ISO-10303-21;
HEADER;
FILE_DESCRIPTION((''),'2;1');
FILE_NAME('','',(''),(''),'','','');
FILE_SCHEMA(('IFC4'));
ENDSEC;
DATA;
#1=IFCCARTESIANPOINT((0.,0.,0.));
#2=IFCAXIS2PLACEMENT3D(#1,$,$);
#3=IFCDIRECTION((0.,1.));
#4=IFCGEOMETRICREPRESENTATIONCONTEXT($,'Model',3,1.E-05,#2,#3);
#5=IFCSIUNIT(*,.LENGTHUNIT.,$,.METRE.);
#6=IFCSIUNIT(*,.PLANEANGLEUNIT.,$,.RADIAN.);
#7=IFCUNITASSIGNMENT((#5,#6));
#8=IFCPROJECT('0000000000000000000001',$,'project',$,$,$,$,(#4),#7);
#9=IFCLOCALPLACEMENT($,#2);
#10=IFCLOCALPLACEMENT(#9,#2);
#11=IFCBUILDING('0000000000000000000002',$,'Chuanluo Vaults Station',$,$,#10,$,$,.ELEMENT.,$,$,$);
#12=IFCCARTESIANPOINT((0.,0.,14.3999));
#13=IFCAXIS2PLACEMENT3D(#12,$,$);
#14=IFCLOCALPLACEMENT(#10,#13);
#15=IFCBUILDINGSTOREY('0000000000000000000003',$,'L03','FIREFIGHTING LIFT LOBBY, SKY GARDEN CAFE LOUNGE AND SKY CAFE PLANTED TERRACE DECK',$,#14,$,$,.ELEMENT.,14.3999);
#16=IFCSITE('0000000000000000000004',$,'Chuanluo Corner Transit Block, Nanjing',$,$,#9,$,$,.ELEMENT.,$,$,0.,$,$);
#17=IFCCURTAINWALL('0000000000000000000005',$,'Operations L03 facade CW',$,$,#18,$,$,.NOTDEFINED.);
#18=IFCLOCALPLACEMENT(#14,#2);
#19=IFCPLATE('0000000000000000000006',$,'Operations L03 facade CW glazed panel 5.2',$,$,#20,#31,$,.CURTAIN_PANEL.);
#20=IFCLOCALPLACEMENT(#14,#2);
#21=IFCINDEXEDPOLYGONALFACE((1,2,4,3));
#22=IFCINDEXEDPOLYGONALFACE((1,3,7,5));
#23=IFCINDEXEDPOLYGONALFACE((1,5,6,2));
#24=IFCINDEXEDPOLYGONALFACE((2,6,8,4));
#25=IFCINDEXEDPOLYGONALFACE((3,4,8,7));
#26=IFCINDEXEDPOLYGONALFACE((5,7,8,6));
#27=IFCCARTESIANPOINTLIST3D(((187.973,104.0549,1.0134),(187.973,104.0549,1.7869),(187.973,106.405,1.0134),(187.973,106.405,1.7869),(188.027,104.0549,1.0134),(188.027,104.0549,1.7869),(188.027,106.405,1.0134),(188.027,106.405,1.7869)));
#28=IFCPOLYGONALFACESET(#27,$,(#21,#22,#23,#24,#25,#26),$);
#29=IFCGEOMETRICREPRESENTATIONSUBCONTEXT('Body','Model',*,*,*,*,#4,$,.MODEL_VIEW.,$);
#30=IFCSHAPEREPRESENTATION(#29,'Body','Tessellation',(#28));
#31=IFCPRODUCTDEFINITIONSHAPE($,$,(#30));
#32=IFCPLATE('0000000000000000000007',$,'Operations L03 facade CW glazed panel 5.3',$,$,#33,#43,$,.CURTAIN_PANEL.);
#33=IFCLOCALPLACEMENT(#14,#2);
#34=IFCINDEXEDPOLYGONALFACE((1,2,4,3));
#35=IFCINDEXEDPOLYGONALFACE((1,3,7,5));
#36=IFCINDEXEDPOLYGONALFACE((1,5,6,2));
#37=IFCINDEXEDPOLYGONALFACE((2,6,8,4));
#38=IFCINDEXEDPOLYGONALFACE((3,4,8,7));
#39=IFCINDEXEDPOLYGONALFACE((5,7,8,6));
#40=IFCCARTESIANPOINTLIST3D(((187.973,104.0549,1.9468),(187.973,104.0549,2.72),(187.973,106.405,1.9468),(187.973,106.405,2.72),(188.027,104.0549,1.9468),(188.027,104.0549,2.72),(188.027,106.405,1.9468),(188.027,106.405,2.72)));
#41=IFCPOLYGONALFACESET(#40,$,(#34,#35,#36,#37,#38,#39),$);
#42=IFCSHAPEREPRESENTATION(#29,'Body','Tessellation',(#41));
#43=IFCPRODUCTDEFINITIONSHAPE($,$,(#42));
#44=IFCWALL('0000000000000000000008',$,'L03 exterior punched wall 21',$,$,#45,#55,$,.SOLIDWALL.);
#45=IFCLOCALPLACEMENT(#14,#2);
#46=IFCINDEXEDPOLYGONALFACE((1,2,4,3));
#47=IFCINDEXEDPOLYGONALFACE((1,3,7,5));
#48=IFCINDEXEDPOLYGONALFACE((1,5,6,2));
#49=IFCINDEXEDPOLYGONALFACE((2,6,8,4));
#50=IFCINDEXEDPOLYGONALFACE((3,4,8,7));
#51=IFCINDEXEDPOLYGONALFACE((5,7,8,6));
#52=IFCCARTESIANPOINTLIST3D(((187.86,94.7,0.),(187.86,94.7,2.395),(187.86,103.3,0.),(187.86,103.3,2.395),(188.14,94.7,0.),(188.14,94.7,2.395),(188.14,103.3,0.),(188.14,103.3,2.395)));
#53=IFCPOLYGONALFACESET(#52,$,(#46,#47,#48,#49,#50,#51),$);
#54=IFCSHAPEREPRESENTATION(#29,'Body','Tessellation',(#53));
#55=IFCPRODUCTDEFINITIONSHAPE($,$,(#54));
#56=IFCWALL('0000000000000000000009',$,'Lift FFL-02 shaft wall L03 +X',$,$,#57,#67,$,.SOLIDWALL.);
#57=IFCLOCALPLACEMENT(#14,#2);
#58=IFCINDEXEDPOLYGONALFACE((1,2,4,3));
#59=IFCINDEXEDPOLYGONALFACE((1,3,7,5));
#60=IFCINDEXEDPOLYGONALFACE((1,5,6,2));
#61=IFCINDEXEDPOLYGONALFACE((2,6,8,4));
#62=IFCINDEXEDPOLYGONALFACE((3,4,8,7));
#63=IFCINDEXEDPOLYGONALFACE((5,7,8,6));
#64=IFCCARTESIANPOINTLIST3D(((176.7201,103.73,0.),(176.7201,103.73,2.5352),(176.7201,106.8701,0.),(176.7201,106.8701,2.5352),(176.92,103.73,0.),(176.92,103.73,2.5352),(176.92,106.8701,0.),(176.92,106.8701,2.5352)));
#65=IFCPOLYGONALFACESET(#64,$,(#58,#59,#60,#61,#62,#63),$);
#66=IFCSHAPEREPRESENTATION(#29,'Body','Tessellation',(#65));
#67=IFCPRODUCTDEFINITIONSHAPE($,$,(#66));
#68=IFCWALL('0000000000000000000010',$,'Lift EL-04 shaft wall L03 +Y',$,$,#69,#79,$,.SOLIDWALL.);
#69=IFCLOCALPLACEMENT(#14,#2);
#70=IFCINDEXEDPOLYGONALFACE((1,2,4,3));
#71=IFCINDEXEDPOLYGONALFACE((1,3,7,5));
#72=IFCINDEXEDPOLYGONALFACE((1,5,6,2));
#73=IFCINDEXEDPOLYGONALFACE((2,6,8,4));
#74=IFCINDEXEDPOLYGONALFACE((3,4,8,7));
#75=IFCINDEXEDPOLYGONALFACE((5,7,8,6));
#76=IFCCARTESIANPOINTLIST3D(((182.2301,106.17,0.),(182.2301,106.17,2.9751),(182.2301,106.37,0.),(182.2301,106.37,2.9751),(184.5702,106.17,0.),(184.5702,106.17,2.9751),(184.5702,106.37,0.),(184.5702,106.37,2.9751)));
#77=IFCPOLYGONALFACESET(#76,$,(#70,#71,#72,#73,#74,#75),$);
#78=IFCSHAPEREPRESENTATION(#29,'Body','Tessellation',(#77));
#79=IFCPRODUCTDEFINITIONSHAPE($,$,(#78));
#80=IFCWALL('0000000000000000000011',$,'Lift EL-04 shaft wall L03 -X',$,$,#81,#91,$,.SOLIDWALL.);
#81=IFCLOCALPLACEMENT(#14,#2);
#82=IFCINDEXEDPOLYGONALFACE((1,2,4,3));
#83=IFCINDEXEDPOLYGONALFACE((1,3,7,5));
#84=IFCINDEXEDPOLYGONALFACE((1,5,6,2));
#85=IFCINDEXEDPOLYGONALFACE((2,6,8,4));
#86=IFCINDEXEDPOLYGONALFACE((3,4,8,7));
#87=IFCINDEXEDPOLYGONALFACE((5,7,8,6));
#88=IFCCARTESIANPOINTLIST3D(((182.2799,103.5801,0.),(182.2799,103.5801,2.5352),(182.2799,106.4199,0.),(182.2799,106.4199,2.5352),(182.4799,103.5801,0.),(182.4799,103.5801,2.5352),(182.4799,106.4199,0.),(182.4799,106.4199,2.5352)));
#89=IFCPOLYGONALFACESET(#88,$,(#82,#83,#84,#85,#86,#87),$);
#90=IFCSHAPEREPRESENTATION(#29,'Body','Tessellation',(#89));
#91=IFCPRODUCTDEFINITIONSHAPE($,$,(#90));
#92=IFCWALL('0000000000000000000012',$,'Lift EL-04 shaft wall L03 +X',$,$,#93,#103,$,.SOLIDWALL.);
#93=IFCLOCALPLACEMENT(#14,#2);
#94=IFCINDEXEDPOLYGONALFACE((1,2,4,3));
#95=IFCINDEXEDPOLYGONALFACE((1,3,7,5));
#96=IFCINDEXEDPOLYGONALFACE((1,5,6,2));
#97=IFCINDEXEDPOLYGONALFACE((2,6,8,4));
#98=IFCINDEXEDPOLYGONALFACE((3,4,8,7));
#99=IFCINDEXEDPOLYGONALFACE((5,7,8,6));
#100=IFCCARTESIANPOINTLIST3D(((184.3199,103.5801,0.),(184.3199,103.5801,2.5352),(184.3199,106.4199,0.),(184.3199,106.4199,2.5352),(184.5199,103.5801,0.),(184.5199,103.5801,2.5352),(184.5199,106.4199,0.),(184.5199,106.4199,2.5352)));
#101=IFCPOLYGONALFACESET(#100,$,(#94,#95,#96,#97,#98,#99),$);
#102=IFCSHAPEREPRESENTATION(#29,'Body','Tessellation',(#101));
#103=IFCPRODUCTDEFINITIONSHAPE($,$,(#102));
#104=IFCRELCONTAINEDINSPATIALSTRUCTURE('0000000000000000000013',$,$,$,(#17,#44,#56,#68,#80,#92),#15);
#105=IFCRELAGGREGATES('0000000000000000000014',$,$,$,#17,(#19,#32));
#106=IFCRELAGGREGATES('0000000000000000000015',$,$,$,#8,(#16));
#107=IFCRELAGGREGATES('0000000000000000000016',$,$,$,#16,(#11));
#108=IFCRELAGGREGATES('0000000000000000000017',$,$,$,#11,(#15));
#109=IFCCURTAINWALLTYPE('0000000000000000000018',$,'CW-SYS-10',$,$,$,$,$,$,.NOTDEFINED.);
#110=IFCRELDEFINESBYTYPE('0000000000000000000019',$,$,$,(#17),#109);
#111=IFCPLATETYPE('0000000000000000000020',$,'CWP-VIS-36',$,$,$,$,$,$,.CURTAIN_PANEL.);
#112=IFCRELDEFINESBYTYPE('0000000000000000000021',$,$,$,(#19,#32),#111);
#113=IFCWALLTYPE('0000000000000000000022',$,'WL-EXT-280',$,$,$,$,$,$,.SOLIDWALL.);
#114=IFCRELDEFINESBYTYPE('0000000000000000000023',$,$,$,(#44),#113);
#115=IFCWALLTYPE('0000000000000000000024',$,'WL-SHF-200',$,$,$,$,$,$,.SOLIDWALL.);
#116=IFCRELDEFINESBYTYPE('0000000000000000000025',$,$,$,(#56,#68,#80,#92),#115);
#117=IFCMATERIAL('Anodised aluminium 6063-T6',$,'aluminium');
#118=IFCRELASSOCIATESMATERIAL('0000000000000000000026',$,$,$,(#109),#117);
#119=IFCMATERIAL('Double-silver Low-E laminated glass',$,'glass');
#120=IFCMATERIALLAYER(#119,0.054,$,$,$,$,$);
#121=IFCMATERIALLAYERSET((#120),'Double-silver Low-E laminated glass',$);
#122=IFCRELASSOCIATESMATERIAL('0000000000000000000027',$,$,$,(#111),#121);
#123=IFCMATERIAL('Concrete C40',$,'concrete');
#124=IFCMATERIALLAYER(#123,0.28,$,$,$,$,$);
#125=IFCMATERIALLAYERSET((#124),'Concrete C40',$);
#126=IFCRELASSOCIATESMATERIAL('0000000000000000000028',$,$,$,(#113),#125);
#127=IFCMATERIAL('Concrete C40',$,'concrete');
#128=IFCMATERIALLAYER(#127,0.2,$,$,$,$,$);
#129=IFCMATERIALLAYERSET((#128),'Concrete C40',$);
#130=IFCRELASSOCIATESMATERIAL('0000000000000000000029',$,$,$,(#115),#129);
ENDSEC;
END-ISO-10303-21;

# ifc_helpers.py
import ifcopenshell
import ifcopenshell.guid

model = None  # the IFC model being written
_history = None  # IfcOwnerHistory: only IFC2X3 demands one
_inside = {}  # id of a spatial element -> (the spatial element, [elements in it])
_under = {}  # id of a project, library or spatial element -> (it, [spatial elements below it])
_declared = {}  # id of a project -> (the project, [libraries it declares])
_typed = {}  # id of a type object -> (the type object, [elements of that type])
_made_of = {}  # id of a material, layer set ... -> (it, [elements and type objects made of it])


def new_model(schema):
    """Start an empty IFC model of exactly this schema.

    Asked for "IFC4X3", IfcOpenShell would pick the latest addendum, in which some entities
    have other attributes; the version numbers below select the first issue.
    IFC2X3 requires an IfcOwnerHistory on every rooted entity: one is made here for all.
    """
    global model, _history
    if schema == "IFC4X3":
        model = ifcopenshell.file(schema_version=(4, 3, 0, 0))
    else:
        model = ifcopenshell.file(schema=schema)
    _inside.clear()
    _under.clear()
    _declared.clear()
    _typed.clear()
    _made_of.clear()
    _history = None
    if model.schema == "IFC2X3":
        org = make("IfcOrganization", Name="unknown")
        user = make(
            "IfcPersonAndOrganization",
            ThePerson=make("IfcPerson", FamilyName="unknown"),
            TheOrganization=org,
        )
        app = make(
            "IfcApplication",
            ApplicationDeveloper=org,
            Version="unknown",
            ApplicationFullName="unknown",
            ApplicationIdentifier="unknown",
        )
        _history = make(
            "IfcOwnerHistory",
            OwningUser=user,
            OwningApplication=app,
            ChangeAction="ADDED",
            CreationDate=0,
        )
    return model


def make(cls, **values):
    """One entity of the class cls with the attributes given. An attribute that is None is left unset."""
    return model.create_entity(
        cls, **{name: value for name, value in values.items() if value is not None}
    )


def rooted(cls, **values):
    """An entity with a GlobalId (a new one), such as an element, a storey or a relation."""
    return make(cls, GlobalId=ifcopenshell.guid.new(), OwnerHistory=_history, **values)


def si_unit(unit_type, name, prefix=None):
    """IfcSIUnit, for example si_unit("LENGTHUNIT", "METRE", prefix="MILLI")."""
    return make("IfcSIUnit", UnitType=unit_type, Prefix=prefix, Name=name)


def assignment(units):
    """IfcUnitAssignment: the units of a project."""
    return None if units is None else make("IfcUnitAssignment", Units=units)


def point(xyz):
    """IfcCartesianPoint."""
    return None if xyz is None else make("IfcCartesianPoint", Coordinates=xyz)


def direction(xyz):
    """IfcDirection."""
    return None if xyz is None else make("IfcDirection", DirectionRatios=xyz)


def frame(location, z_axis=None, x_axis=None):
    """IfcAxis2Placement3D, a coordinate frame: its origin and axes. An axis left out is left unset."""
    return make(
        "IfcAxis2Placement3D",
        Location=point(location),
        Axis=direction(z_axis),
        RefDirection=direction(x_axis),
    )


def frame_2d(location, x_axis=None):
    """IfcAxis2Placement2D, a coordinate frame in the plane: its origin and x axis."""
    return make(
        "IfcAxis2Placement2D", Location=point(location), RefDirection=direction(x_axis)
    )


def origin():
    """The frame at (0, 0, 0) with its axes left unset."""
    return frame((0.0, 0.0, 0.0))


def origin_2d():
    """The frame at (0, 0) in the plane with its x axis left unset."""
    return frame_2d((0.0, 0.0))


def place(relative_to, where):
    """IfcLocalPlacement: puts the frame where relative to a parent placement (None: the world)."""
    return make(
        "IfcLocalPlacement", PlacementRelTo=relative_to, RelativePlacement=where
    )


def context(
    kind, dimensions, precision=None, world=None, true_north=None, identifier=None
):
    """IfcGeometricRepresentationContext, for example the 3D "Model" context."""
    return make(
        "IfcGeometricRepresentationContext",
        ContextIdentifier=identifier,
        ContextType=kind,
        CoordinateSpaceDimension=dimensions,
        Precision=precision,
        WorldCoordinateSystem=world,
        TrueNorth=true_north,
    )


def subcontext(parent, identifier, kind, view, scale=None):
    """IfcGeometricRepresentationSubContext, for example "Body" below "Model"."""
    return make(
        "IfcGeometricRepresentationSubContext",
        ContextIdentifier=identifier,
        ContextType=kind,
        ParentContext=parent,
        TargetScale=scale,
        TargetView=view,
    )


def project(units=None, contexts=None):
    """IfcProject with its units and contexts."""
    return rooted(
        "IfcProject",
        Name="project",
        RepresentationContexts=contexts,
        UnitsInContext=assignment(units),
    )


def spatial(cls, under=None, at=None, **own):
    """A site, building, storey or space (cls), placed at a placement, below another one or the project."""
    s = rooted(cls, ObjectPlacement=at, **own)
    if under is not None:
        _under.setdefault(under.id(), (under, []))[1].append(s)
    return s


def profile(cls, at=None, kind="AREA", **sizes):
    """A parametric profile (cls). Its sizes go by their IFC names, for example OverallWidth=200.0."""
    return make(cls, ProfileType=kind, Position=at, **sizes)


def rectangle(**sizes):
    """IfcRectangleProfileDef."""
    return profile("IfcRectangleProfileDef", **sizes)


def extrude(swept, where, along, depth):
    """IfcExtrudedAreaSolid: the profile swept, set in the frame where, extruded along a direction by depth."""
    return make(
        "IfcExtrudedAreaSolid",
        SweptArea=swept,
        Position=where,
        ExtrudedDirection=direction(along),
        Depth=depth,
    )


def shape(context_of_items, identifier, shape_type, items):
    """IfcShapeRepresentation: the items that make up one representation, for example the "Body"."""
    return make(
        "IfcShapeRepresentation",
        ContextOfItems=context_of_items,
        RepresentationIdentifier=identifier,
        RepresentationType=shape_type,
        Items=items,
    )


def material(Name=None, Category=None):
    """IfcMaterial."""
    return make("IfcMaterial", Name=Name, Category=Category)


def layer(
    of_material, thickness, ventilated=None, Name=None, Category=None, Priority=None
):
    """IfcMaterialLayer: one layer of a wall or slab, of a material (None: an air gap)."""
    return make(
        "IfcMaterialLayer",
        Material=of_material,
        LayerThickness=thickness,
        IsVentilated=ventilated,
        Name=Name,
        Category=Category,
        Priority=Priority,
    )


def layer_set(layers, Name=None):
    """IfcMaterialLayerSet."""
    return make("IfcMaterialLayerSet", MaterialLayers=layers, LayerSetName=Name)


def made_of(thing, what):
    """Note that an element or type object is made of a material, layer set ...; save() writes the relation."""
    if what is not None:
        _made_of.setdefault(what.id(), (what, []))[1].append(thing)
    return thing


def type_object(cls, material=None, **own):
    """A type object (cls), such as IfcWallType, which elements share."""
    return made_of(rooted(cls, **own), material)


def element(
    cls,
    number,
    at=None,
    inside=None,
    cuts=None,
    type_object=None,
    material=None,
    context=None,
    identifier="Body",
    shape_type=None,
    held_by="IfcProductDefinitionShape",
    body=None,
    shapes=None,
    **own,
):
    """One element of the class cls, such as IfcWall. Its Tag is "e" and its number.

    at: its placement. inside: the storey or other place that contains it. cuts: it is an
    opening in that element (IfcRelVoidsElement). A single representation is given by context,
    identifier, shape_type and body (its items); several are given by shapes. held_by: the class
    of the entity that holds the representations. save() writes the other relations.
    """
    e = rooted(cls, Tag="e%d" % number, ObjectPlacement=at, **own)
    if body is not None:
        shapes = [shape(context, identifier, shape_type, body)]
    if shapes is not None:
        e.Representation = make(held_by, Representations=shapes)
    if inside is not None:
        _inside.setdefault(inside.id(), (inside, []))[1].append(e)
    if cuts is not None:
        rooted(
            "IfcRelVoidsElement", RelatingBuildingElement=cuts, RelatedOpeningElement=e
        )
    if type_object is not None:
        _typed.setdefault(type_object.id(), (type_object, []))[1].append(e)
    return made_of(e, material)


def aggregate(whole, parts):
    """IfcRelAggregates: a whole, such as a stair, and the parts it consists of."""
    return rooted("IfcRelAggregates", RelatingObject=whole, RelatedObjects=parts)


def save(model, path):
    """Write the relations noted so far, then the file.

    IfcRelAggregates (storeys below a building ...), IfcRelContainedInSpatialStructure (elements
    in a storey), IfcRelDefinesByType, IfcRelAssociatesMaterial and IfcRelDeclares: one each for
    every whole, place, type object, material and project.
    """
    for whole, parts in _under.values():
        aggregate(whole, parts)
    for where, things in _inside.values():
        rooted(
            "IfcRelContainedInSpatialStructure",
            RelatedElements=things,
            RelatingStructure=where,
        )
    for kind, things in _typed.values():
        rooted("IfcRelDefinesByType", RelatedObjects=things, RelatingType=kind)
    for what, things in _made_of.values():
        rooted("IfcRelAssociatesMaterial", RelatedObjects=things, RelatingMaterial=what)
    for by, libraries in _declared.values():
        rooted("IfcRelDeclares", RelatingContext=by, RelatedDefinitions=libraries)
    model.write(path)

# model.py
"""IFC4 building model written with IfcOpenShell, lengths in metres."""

from ifc_helpers import new_model, si_unit, direction, frame, frame_2d, origin, origin_2d, place, context, subcontext, project, spatial, rectangle, extrude, material, layer, layer_set, type_object, element, aggregate, save


model = new_model("IFC4")

# Units and contexts
model_context = context("Model", 3, precision=1e-05, world=origin(), true_north=direction((0.0, 1.0)))
body_context = subcontext(model_context, "Body", "Model", "MODEL_VIEW")
ifc_project = project(units=[si_unit("LENGTHUNIT", "METRE"), si_unit("PLANEANGLEUNIT", "RADIAN")], contexts=[model_context])

# Site, building, storey
site_placement = place(None, origin())
site = spatial("IfcSite", under=ifc_project, at=site_placement, Name="Chuanluo Corner Transit Block, Nanjing", CompositionType="ELEMENT", RefElevation=0.0)
building_placement = place(site_placement, origin())
building = spatial("IfcBuilding", under=site, at=building_placement, Name="Chuanluo Vaults Station", CompositionType="ELEMENT")
storey_placement = place(building_placement, frame((0.0, 0.0, 14.3999)))
storey = spatial("IfcBuildingStorey", under=building, at=storey_placement, Name="L03", Description="FIREFIGHTING LIFT LOBBY, SKY GARDEN CAFE LOUNGE AND SKY CAFE PLANTED TERRACE DECK", CompositionType="ELEMENT", Elevation=14.3999)

# Curtain wall, plates
ifc_material_1 = material(Name="Anodised aluminium 6063-T6", Category="aluminium")
curtain_wall_type = type_object("IfcCurtainWallType", Name="CW-SYS-10", PredefinedType="NOTDEFINED", material=ifc_material_1)
curtain_wall_placement = place(storey_placement, origin())
curtain_wall = element("IfcCurtainWall", 1, at=curtain_wall_placement, inside=storey, type_object=curtain_wall_type, Name="Operations L03 facade CW", PredefinedType="NOTDEFINED")
ifc_material_2 = material(Name="Double-silver Low-E laminated glass", Category="glass")
ifc_layer_1 = layer(ifc_material_2, 0.054)
ifc_layer_set_1 = layer_set([ifc_layer_1], Name="Double-silver Low-E laminated glass")
plate_type_1 = type_object("IfcPlateType", Name="CWP-VIS-36", PredefinedType="CURTAIN_PANEL", material=ifc_layer_set_1)
plate_1_placement = place(storey_placement, frame((188.0, 105.23, 1.0134), z_axis=(0.0, 0.0, 1.0), x_axis=(0.0, -1.0, 0.0)))
plate_1 = element("IfcPlate", 2, at=plate_1_placement, type_object=plate_type_1, Name="Operations L03 facade CW glazed panel 5.2", PredefinedType="CURTAIN_PANEL", context=body_context, shape_type="SweptSolid", body=[
    extrude(rectangle(XDim=2.3501, YDim=0.054, at=origin_2d()), origin(), (0.0, 0.0, 1.0), 0.7734),
])
plate_2_placement = place(storey_placement, frame((188.0, 105.23, 1.9468), z_axis=(0.0, 0.0, 1.0), x_axis=(0.0, -1.0, 0.0)))
plate_2 = element("IfcPlate", 3, at=plate_2_placement, type_object=plate_type_1, Name="Operations L03 facade CW glazed panel 5.3", PredefinedType="CURTAIN_PANEL", context=body_context, shape_type="SweptSolid", body=[
    extrude(rectangle(XDim=2.3501, YDim=0.054, at=origin_2d()), origin(), (0.0, 0.0, 1.0), 0.7732),
])
aggregate(curtain_wall, [plate_1, plate_2])

# Wall
ifc_material_3 = material(Name="Concrete C40", Category="concrete")
ifc_layer_2 = layer(ifc_material_3, 0.28)
ifc_layer_set_2 = layer_set([ifc_layer_2], Name="Concrete C40")
wall_type_1 = type_object("IfcWallType", Name="WL-EXT-280", PredefinedType="SOLIDWALL", material=ifc_layer_set_2)
wall_1_placement = place(storey_placement, frame((188.0, 103.3, 0.0), z_axis=(0.0, 0.0, 1.0), x_axis=(0.0, -1.0, 0.0)))
element("IfcWall", 4, at=wall_1_placement, inside=storey, type_object=wall_type_1, Name="L03 exterior punched wall 21", PredefinedType="SOLIDWALL", context=body_context, shape_type="SweptSolid", body=[
    extrude(rectangle(XDim=8.6001, YDim=0.28, at=frame_2d((4.3, 0.0))), origin(), (0.0, 0.0, 1.0), 2.395),
])

# Shared definitions
ifc_material_4 = material(Name="Concrete C40", Category="concrete")
ifc_layer_3 = layer(ifc_material_4, 0.2)
ifc_layer_set_3 = layer_set([ifc_layer_3], Name="Concrete C40")
wall_type_2 = type_object("IfcWallType", Name="WL-SHF-200", PredefinedType="SOLIDWALL", material=ifc_layer_set_3)

# Wall
wall_2_placement = place(storey_placement, frame((176.8201, 103.73, 0.0), z_axis=(0.0, 0.0, 1.0), x_axis=(0.0, 1.0, 0.0)))
element("IfcWall", 5, at=wall_2_placement, inside=storey, type_object=wall_type_2, Name="Lift FFL-02 shaft wall L03 +X", PredefinedType="SOLIDWALL", context=body_context, shape_type="SweptSolid", body=[
    extrude(rectangle(XDim=3.1401, YDim=0.2, at=frame_2d((1.5701, 0.0))), origin(), (0.0, 0.0, 1.0), 2.5352),
])

# Walls
wall_3_placement = place(storey_placement, frame((184.5701, 106.27, 0.0), z_axis=(0.0, 0.0, 1.0), x_axis=(-1.0, 0.0, 0.0)))
element("IfcWall", 6, at=wall_3_placement, inside=storey, type_object=wall_type_2, Name="Lift EL-04 shaft wall L03 +Y", PredefinedType="SOLIDWALL", context=body_context, shape_type="SweptSolid", body=[
    extrude(rectangle(XDim=2.3401, YDim=0.2, at=frame_2d((1.1699, 0.0))), origin(), (0.0, 0.0, 1.0), 2.9751),
])
for number, where, z_axis, x_axis, name in (
    (7, (182.3799, 106.4199, 0.0), (0.0, 0.0, 1.0), (0.0, -1.0, 0.0), "Lift EL-04 shaft wall L03 -X"),
    (8, (184.4199, 103.5801, 0.0), (0.0, 0.0, 1.0), (0.0, 1.0, 0.0), "Lift EL-04 shaft wall L03 +X"),
):
    element("IfcWall", number, at=place(storey_placement, frame(where, z_axis=z_axis, x_axis=x_axis)), inside=storey, type_object=wall_type_2, Name=name, PredefinedType="SOLIDWALL", context=body_context, shape_type="SweptSolid", body=[
        extrude(rectangle(XDim=2.8398, YDim=0.2, at=frame_2d((1.4199, 0.0))), origin(), (0.0, 0.0, 1.0), 2.5352),
    ])

save(model, "model.ifc")
